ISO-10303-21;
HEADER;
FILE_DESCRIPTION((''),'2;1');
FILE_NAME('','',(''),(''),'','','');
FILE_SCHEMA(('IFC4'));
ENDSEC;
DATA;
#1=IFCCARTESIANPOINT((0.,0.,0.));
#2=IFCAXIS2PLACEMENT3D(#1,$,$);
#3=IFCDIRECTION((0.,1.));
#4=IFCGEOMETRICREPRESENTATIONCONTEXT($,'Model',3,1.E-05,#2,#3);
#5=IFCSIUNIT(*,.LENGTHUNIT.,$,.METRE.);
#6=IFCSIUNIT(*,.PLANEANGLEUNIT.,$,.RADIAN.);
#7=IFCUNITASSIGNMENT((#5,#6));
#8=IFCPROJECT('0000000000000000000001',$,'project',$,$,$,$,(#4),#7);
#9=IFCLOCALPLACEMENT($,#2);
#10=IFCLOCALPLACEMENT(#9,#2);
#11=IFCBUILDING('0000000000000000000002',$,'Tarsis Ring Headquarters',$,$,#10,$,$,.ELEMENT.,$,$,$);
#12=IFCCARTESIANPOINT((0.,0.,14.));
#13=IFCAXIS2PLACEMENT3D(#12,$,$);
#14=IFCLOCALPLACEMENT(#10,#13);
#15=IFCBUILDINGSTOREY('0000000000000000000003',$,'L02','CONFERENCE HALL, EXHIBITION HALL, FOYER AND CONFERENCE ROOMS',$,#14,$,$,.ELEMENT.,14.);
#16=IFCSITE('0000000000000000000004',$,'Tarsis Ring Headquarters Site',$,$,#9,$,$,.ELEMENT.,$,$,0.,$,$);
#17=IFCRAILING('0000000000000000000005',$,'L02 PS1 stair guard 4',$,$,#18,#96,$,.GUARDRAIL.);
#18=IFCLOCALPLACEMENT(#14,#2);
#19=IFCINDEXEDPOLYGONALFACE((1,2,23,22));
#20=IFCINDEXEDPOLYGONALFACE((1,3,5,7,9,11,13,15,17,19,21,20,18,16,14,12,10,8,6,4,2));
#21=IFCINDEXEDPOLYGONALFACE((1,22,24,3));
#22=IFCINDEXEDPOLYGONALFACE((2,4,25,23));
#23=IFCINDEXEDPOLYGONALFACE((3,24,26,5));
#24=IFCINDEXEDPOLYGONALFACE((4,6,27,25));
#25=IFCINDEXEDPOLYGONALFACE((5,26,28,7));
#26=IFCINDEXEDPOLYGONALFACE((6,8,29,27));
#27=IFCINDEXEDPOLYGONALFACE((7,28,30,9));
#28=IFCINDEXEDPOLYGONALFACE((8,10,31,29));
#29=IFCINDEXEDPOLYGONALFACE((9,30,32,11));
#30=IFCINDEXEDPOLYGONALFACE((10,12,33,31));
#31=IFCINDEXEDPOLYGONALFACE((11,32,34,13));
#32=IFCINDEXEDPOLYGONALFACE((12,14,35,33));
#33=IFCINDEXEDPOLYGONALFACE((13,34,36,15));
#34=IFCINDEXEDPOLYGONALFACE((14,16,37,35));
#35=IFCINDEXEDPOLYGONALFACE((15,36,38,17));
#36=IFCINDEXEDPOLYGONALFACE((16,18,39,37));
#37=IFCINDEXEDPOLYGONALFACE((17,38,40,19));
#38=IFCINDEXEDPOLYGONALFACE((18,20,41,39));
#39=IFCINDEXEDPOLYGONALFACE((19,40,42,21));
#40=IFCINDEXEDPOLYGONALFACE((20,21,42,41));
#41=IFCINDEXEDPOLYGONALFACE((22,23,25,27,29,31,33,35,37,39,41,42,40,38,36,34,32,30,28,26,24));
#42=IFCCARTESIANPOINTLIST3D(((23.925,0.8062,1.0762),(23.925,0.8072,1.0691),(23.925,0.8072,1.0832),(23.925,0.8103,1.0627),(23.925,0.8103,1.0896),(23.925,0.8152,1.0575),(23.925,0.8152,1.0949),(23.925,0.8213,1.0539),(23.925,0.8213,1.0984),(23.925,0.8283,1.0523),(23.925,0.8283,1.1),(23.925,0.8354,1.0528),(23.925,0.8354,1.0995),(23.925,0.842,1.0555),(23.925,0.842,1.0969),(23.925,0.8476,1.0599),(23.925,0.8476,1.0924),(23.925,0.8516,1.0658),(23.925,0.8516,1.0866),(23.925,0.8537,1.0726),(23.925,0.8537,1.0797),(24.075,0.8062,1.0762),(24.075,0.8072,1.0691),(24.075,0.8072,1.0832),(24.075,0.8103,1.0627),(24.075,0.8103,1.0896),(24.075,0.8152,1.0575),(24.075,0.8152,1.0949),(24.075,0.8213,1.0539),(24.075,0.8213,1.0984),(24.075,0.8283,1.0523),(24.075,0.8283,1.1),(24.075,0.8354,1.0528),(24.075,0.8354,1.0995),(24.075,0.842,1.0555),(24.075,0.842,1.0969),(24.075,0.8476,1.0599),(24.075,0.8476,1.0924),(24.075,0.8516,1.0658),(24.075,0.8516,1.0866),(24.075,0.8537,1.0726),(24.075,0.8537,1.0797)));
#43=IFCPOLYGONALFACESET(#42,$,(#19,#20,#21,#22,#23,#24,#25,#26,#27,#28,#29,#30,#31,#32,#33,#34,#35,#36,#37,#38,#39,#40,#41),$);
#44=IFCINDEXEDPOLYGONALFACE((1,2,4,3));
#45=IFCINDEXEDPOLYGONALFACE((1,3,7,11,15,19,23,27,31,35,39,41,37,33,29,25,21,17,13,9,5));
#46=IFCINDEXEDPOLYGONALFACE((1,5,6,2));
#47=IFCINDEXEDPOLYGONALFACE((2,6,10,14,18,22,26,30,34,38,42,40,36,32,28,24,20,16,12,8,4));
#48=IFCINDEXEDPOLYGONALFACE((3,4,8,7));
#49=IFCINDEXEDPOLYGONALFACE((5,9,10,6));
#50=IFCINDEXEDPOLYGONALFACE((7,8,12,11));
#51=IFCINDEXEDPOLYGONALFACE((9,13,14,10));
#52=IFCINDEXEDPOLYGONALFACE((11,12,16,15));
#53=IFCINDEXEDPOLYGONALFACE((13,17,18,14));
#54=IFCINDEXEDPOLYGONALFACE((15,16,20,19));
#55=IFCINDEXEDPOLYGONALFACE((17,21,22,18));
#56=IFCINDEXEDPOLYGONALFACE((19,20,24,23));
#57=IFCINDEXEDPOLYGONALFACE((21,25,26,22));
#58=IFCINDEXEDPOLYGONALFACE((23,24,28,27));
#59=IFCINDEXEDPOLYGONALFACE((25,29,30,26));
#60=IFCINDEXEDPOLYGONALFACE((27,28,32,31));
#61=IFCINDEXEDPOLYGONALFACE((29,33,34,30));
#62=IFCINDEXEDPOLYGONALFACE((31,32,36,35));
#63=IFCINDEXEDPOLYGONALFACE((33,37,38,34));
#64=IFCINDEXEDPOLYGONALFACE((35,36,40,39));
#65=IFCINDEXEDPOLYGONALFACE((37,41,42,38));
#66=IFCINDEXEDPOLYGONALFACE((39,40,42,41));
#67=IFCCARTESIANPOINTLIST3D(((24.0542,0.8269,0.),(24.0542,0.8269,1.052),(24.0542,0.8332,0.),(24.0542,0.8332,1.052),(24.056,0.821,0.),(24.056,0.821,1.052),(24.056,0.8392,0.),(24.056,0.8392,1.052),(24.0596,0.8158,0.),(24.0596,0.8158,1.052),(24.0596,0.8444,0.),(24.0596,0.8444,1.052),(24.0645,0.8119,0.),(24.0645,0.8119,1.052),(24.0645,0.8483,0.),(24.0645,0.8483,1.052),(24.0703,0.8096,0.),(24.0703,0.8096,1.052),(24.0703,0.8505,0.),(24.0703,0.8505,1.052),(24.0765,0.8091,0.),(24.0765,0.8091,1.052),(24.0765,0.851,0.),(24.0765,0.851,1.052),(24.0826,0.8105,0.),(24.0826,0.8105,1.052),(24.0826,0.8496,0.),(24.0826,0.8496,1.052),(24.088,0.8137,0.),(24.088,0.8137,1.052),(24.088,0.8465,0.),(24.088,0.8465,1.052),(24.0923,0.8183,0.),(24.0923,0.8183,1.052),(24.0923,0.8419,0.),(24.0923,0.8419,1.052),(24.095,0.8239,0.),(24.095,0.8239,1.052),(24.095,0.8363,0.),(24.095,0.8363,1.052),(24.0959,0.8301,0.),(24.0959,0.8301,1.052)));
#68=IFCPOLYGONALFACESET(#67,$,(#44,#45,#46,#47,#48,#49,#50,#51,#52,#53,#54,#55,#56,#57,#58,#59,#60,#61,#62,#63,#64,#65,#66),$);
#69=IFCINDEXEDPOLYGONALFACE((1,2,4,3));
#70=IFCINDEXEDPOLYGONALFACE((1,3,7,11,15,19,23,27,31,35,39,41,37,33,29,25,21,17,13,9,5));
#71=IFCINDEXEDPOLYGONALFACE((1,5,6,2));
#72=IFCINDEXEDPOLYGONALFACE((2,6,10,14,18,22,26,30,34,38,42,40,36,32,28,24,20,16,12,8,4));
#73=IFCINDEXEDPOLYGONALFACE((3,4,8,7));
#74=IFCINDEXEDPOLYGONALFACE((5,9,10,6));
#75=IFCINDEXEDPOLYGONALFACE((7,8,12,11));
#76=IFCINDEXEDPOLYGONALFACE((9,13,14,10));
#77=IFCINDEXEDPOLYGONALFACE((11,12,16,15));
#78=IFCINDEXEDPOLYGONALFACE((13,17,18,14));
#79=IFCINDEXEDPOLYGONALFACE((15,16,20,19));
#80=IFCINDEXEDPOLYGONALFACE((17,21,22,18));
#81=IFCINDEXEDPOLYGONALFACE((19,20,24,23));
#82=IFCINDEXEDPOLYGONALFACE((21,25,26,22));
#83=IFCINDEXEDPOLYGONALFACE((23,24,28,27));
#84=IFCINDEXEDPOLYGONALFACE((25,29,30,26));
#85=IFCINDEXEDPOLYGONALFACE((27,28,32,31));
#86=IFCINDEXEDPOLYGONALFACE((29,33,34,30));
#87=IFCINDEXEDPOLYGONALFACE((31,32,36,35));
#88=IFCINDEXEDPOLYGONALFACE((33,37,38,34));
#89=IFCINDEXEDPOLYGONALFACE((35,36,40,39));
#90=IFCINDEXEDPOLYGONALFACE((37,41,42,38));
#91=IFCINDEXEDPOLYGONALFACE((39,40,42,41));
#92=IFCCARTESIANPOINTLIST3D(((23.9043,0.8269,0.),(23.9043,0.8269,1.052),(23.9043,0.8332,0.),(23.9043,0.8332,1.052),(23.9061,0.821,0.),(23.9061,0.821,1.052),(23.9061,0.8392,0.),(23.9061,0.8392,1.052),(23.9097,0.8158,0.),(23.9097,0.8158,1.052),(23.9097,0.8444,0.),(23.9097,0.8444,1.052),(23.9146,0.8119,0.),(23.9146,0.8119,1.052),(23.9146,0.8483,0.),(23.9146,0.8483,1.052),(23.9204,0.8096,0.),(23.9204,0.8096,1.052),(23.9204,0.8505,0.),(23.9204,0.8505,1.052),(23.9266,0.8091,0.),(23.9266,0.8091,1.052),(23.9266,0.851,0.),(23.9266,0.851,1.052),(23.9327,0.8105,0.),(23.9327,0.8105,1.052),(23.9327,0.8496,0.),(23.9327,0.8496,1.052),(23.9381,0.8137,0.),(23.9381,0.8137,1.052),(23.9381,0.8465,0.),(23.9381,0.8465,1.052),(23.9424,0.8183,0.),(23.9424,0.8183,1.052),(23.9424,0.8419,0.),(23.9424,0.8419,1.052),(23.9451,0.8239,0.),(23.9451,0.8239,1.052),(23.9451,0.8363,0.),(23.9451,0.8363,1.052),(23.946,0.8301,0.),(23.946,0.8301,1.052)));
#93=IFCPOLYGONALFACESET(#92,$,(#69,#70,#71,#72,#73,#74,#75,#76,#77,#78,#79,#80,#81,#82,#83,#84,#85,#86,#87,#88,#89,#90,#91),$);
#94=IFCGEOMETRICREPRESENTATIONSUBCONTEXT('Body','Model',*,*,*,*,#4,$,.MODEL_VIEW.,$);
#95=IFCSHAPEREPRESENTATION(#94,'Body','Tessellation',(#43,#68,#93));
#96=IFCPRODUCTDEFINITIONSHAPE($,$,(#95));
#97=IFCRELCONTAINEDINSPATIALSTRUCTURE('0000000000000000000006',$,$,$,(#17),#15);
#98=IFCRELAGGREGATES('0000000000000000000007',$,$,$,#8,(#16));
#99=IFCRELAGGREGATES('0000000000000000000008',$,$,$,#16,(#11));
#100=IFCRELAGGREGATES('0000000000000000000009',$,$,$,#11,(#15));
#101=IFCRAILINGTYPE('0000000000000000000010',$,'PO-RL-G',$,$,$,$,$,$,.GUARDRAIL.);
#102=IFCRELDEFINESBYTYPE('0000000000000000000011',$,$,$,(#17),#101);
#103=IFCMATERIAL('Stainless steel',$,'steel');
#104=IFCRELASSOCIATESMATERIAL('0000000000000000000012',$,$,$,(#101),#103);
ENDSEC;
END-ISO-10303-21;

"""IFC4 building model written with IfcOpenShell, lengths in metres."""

from ifc_helpers import new_model, si_unit, direction, frame, origin, origin_2d, place, context, subcontext, project, spatial, circle, extrude, material, type_object, element, save


model = new_model("IFC4")

# Units and contexts
model_context = context("Model", 3, precision=1e-05, world=origin(), true_north=direction((0.0, 1.0)))
body_context = subcontext(model_context, "Body", "Model", "MODEL_VIEW")
ifc_project = project(units=[si_unit("LENGTHUNIT", "METRE"), si_unit("PLANEANGLEUNIT", "RADIAN")], contexts=[model_context])

# Site, building, storey
site_placement = place(None, origin())
site = spatial("IfcSite", under=ifc_project, at=site_placement, Name="Tarsis Ring Headquarters Site", CompositionType="ELEMENT", RefElevation=0.0)
building_placement = place(site_placement, origin())
building = spatial("IfcBuilding", under=site, at=building_placement, Name="Tarsis Ring Headquarters", CompositionType="ELEMENT")
storey_placement = place(building_placement, frame((0.0, 0.0, 14.0)))
storey = spatial("IfcBuildingStorey", under=building, at=storey_placement, Name="L02", Description="CONFERENCE HALL, EXHIBITION HALL, FOYER AND CONFERENCE ROOMS", CompositionType="ELEMENT", Elevation=14.0)

# Railing
ifc_material_1 = material(Name="Stainless steel", Category="steel")
railing_type_1 = type_object("IfcRailingType", Name="PO-RL-G", PredefinedType="GUARDRAIL", material=ifc_material_1)
railing_1_placement = place(storey_placement, frame((24.075, 0.8301, 0.0)))
element("IfcRailing", 1, at=railing_1_placement, inside=storey, type_object=railing_type_1, Name="L02 PS1 stair guard 4", PredefinedType="GUARDRAIL", context=body_context, shape_type="SweptSolid", body=[
    extrude(circle(Radius=0.0239, at=origin_2d()), frame((0.0, 0.0, 1.0762), z_axis=(-1.0, 0.0, 0.0), x_axis=(0.0, -1.0, 0.0)), (0.0, 0.0, 1.0), 0.1499),
    extrude(circle(Radius=0.021, at=origin_2d()), origin(), (0.0, 0.0, 1.0), 1.052),
    extrude(circle(Radius=0.021, at=origin_2d()), frame((-0.1499, 0.0, 0.0)), (0.0, 0.0, 1.0), 1.052),
])

save(model, "model.ifc")
